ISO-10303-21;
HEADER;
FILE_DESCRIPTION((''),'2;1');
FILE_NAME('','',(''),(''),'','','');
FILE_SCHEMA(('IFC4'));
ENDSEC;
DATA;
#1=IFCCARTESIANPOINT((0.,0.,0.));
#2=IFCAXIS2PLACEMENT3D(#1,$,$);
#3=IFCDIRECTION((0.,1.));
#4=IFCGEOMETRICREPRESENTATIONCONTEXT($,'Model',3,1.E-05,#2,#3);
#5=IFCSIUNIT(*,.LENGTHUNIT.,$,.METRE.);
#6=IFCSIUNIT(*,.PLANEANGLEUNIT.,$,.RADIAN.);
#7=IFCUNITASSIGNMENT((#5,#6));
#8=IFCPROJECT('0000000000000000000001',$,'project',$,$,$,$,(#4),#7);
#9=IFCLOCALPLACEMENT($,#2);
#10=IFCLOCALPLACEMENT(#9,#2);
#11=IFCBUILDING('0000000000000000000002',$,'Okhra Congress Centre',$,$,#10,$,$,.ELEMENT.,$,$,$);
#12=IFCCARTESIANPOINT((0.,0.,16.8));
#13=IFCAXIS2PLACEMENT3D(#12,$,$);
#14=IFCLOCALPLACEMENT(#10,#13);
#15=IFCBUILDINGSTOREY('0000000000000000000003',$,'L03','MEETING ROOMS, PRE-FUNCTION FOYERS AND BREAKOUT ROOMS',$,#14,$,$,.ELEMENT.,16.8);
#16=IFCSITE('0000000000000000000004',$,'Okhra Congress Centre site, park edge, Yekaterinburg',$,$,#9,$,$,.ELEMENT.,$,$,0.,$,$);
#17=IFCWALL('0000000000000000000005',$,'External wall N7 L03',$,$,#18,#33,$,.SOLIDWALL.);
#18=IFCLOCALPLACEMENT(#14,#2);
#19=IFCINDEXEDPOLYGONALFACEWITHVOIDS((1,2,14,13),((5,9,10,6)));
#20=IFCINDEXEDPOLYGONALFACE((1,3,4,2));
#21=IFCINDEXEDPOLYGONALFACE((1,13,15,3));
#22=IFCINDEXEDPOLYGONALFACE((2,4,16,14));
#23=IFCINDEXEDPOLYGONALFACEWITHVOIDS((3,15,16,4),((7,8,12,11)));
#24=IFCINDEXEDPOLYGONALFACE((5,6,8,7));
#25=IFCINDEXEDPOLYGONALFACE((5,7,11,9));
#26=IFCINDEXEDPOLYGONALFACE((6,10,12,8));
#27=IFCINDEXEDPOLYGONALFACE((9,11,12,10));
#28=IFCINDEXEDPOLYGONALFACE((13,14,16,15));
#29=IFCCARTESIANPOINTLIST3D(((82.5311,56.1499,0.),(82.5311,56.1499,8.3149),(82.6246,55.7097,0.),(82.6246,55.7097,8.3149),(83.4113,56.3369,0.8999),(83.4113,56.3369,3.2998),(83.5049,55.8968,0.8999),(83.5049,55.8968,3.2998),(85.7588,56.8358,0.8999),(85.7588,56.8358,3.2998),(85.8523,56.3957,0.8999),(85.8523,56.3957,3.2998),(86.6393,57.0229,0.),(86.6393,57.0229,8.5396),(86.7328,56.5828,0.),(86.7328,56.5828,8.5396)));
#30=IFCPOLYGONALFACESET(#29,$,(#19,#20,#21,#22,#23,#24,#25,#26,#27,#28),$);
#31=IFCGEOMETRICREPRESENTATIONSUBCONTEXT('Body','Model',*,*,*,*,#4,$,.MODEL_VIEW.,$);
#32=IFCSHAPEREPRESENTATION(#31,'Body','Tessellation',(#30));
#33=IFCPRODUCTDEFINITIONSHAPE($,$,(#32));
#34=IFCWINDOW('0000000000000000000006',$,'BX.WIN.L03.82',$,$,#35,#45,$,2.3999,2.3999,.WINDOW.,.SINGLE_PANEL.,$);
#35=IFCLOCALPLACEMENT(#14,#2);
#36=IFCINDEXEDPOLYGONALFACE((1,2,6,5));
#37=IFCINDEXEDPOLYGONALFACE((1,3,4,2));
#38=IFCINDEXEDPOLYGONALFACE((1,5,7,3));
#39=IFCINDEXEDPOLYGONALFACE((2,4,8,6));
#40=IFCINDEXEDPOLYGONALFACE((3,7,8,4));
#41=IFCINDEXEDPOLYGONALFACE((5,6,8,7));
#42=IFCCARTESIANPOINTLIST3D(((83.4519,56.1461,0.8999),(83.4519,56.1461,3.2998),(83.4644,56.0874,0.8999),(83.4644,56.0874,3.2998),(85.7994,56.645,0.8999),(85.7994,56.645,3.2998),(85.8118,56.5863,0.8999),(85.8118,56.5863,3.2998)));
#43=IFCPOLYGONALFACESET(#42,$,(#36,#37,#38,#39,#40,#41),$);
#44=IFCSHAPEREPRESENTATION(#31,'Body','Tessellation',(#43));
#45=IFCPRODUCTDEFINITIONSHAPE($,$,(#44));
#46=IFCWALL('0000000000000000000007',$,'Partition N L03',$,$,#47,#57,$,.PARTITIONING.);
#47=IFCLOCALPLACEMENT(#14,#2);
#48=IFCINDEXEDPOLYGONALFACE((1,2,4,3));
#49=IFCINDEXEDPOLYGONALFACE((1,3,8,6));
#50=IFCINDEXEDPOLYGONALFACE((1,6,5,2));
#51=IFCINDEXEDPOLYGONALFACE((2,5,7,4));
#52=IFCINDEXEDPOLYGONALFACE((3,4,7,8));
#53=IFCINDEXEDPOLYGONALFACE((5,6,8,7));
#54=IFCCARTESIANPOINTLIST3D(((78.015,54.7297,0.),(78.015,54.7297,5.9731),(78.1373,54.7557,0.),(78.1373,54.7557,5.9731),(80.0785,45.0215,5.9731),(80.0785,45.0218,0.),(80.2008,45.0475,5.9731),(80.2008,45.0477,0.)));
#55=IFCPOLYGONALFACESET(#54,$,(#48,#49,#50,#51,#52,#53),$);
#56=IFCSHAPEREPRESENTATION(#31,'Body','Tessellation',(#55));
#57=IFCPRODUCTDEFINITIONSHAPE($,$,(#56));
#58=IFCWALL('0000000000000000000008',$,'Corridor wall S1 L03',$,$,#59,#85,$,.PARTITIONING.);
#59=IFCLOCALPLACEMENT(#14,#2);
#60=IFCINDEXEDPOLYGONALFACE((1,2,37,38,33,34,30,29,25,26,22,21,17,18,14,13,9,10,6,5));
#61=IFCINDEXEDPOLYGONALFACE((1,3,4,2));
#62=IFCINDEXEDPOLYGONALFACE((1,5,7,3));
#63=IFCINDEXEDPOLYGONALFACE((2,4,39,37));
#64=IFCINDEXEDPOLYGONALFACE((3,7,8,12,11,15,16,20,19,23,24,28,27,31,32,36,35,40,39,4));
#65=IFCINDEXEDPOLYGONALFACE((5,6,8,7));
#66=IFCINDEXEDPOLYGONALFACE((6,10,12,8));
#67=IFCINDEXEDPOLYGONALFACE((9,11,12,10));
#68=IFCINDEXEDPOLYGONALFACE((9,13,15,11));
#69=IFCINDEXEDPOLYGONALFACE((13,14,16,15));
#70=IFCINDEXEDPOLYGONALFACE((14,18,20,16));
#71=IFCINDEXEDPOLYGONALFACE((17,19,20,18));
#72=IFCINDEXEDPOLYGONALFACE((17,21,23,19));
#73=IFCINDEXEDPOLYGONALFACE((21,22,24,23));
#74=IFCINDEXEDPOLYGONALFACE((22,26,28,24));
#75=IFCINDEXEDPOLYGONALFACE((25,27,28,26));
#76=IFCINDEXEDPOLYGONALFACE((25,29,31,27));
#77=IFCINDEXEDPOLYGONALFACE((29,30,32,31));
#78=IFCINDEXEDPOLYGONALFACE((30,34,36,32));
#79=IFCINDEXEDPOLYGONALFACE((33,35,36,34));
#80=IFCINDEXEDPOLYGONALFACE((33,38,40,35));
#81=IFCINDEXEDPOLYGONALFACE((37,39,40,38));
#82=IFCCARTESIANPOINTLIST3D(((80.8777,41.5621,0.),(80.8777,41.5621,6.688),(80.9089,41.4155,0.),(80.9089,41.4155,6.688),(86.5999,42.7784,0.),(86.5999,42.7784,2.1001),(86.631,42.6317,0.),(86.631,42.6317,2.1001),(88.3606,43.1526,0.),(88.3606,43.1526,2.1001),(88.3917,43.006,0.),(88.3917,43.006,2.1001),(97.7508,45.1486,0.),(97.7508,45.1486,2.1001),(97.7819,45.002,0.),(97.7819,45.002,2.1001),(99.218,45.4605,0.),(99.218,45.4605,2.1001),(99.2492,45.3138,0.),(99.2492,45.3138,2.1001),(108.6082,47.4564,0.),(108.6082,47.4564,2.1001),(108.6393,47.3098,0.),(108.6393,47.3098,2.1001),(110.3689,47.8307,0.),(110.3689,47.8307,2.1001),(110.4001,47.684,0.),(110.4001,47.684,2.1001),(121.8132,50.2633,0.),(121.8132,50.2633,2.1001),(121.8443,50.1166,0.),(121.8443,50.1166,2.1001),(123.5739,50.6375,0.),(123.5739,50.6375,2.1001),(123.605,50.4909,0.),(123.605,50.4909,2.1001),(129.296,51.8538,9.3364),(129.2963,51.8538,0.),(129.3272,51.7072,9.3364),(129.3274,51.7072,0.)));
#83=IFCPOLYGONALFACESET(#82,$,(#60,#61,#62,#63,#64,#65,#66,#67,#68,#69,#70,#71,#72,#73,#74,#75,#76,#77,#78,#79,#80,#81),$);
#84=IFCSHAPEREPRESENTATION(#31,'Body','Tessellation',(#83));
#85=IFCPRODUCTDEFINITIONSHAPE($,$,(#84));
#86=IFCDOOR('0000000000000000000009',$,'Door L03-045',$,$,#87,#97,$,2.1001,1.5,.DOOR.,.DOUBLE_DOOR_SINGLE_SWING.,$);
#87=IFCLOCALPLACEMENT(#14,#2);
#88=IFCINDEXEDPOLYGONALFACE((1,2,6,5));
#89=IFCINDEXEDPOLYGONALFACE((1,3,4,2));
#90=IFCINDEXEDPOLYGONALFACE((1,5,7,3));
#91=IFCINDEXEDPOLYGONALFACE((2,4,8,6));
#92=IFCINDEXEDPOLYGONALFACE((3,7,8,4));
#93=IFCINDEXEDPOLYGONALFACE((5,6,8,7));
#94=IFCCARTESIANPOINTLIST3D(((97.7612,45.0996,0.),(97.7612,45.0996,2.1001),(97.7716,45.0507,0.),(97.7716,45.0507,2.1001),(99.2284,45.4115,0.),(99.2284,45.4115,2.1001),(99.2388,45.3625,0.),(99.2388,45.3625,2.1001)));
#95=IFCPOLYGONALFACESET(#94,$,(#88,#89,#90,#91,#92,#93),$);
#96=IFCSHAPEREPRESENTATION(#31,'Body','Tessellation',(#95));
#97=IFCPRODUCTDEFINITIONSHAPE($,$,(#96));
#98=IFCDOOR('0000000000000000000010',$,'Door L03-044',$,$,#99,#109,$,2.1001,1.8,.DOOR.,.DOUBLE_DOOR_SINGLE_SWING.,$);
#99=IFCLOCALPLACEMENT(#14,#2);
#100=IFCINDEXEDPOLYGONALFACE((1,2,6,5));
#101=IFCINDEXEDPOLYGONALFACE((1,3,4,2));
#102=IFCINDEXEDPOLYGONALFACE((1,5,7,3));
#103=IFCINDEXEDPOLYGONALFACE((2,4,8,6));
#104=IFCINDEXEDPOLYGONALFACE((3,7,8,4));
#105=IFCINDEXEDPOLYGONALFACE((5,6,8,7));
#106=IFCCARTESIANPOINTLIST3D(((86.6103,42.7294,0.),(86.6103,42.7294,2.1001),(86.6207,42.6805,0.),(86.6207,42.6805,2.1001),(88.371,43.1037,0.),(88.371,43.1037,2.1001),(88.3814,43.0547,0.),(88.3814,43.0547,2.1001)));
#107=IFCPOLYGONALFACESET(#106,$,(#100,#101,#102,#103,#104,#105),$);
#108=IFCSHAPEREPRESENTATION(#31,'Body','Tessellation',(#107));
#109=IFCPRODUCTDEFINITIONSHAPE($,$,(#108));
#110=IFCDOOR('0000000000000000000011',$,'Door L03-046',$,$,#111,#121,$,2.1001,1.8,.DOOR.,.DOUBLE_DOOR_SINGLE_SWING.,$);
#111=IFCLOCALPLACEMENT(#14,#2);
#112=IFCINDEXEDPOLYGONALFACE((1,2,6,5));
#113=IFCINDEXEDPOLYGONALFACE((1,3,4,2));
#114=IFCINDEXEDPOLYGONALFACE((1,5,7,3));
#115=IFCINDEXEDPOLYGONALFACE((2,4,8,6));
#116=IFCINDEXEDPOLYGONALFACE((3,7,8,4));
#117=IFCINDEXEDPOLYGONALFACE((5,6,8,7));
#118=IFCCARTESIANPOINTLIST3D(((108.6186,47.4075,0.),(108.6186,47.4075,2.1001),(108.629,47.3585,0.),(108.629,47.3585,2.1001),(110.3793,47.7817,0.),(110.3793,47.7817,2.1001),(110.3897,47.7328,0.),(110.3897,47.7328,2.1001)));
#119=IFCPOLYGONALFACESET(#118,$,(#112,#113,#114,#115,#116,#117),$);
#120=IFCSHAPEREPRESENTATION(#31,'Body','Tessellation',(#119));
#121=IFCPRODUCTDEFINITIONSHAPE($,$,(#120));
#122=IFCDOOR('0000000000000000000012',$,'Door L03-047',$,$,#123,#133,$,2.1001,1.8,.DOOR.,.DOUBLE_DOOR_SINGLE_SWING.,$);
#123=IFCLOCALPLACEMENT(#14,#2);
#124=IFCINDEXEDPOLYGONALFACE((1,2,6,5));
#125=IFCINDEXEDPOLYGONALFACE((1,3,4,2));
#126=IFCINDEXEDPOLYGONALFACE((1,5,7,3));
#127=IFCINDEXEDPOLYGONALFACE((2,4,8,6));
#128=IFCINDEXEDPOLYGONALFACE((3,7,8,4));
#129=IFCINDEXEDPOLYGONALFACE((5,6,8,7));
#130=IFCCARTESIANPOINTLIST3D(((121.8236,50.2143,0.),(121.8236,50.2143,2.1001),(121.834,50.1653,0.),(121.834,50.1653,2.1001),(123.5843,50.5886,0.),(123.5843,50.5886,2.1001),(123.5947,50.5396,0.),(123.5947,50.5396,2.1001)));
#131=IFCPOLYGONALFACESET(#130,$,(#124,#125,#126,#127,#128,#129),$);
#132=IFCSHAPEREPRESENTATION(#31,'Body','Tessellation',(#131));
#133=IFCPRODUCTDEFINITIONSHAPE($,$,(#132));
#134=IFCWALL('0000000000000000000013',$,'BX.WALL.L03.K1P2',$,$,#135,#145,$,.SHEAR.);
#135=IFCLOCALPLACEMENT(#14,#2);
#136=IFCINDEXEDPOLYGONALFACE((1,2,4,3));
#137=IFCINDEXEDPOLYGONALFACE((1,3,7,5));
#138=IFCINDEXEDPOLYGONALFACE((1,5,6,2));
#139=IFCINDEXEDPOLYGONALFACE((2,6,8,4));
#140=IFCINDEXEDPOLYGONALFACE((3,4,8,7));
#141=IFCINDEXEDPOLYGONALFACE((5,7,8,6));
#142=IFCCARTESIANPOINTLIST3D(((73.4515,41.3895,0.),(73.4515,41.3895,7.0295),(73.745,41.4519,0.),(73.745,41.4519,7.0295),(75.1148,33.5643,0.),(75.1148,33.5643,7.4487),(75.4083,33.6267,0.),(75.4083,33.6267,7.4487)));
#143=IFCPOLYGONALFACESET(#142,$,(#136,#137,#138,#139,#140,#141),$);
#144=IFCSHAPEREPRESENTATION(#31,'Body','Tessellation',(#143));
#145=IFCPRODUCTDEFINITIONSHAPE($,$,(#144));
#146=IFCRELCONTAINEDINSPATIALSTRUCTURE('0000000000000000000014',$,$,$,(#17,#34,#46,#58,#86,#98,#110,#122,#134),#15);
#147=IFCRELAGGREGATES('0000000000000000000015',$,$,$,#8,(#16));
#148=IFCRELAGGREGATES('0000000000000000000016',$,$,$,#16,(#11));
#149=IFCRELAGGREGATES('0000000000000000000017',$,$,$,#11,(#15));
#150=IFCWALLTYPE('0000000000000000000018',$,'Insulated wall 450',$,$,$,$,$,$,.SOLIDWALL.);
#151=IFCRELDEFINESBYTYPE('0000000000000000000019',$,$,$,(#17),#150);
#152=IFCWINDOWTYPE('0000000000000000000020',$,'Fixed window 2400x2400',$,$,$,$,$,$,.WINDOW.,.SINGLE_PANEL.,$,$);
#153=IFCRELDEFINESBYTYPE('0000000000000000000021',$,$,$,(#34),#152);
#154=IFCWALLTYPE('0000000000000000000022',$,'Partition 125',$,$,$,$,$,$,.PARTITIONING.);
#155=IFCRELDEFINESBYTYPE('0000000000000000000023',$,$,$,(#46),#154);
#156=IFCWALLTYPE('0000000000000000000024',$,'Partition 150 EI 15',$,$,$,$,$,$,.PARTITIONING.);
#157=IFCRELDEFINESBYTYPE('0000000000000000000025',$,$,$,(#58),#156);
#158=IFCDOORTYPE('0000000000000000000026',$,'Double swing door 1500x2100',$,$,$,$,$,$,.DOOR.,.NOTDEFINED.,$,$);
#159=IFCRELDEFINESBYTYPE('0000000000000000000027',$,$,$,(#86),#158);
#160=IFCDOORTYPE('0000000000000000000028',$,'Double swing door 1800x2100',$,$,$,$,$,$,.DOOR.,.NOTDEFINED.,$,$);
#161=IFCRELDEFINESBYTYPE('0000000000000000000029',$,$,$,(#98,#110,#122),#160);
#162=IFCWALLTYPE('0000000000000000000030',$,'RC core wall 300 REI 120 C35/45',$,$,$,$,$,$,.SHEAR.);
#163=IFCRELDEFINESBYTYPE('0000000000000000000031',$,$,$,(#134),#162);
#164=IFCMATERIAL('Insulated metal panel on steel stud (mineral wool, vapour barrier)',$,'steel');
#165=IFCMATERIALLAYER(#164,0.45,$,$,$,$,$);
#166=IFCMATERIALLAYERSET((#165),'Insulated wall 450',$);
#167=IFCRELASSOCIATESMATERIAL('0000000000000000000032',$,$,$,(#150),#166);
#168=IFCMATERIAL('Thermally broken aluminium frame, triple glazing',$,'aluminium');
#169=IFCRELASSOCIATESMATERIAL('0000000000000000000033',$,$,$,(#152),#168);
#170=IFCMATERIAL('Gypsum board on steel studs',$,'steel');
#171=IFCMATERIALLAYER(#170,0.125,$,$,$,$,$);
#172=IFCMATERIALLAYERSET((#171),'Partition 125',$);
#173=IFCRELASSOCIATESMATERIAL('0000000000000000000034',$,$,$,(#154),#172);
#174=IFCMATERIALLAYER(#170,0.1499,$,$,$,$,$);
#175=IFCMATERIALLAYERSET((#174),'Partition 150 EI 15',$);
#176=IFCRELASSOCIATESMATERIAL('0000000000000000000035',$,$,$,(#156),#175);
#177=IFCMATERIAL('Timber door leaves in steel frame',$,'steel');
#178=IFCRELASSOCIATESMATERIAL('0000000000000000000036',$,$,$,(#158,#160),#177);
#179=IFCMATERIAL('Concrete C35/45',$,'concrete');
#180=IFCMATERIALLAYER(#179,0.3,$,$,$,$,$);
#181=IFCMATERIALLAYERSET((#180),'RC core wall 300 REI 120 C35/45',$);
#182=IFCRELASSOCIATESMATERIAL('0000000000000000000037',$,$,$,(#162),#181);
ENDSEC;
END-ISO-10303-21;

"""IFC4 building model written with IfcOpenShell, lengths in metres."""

from ifc_helpers import new_model, si_unit, direction, frame, frame_2d, origin, place, context, subcontext, project, spatial, polyline, rectangle, outline, extrude, material, layer, layer_set, type_object, element, fill, save


model = new_model("IFC4")

# Units and contexts
model_context = context("Model", 3, precision=1e-05, world=origin(), true_north=direction((0.0, 1.0)))
body_context = subcontext(model_context, "Body", "Model", "MODEL_VIEW")
ifc_project = project(units=[si_unit("LENGTHUNIT", "METRE"), si_unit("PLANEANGLEUNIT", "RADIAN")], contexts=[model_context])

# Site, building, storey
site_placement = place(None, origin())
site = spatial("IfcSite", under=ifc_project, at=site_placement, Name="Okhra Congress Centre site, park edge, Yekaterinburg", CompositionType="ELEMENT", RefElevation=0.0)
building_placement = place(site_placement, origin())
building = spatial("IfcBuilding", under=site, at=building_placement, Name="Okhra Congress Centre", CompositionType="ELEMENT")
storey_placement = place(building_placement, frame((0.0, 0.0, 16.8)))
storey = spatial("IfcBuildingStorey", under=building, at=storey_placement, Name="L03", Description="MEETING ROOMS, PRE-FUNCTION FOYERS AND BREAKOUT ROOMS", CompositionType="ELEMENT", Elevation=16.8)

# Wall, opening, window
ifc_material_1 = material(Name="Insulated metal panel on steel stud (mineral wool, vapour barrier)", Category="steel")
ifc_layer_1 = layer(ifc_material_1, 0.45)
ifc_layer_set_1 = layer_set([ifc_layer_1], Name="Insulated wall 450")
wall_type_1 = type_object("IfcWallType", Name="Insulated wall 450", PredefinedType="SOLIDWALL", material=ifc_layer_set_1)
ifc_material_2 = material(Name="Thermally broken aluminium frame, triple glazing", Category="aluminium")
window_type = type_object("IfcWindowType", Name="Fixed window 2400x2400", PartitioningType="SINGLE_PANEL", PredefinedType="WINDOW", material=ifc_material_2)
wall_1_placement = place(storey_placement, frame((82.5779, 55.9297, 0.0), z_axis=(0.0, 0.0, 1.0), x_axis=(0.978156, 0.207873, 0.0)))
wall_1 = element("IfcWall", 1, at=wall_1_placement, inside=storey, type_object=wall_type_1, Name="External wall N7 L03", PredefinedType="SOLIDWALL", context=body_context, shape_type="SweptSolid", body=[
    extrude(outline(polyline([(0.0, 0.0), (4.2, 0.0), (4.2, 8.5396), (0.0, 8.3149), (0.0, 0.0)])), frame((0.0, 0.2251, 0.0), z_axis=(0.0, -1.0, 0.0), x_axis=(1.0, 0.0, 0.0)), (0.0, 0.0, 1.0), 0.45),
])
opening_1_placement = place(wall_1_placement, frame((0.8999, 0.0, 0.8999)))
opening_1 = element("IfcOpeningElement", 2, at=opening_1_placement, cuts=wall_1, PredefinedType="OPENING", context=body_context, shape_type="SweptSolid", body=[
    extrude(rectangle(XDim=2.3999, YDim=2.3999, at=frame_2d((1.2, 1.2))), frame((0.0, 0.2349, 0.0), z_axis=(0.0, -1.0, 0.0), x_axis=(1.0, 0.0, 0.0)), (0.0, 0.0, 1.0), 0.47),
])
window_1_placement = place(opening_1_placement, origin())
window_1 = element("IfcWindow", 3, at=window_1_placement, inside=storey, type_object=window_type, Name="BX.WIN.L03.82", OverallHeight=2.3999, OverallWidth=2.3999, PartitioningType="SINGLE_PANEL", PredefinedType="WINDOW", context=body_context, shape_type="SweptSolid", body=[
    extrude(rectangle(XDim=2.3999, YDim=2.3999, at=frame_2d((1.2, 1.2))), frame((0.0, 0.03, 0.0), z_axis=(0.0, -1.0, 0.0), x_axis=(1.0, 0.0, 0.0)), (0.0, 0.0, 1.0), 0.0601),
])
fill(opening_1, window_1)

# Wall
ifc_material_3 = material(Name="Gypsum board on steel studs", Category="steel")
ifc_layer_2 = layer(ifc_material_3, 0.125)
ifc_layer_set_2 = layer_set([ifc_layer_2], Name="Partition 125")
wall_type_2 = type_object("IfcWallType", Name="Partition 125", PredefinedType="PARTITIONING", material=ifc_layer_set_2)
wall_2_placement = place(storey_placement, frame((78.0762, 54.7427, 0.0), z_axis=(0.0, 0.0, 1.0), x_axis=(0.207909, -0.978148, 0.0)))
element("IfcWall", 4, at=wall_2_placement, inside=storey, type_object=wall_type_2, Name="Partition N L03", PredefinedType="PARTITIONING", context=body_context, shape_type="SweptSolid", body=[
    extrude(outline(polyline([(0.0, 0.0), (9.9248, 0.0), (9.925, 5.9731), (0.0, 5.9731), (0.0, 0.0)])), frame((0.0, 0.0625, 0.0), z_axis=(0.0, -1.0, 0.0), x_axis=(1.0, 0.0, 0.0)), (0.0, 0.0, 1.0), 0.125),
])

# Wall, openings, doors
ifc_layer_3 = layer(ifc_material_3, 0.1499)
ifc_layer_set_3 = layer_set([ifc_layer_3], Name="Partition 150 EI 15")
wall_type_3 = type_object("IfcWallType", Name="Partition 150 EI 15", PredefinedType="PARTITIONING", material=ifc_layer_set_3)
wall_3_placement = place(storey_placement, frame((80.8933, 41.4888, 0.0), z_axis=(0.0, 0.0, 1.0), x_axis=(0.978147, 0.207913, 0.0)))
wall_3 = element("IfcWall", 5, at=wall_3_placement, inside=storey, type_object=wall_type_3, Name="Corridor wall S1 L03", PredefinedType="PARTITIONING", context=body_context, shape_type="SweptSolid", body=[
    extrude(outline(polyline([(0.0, 0.0), (49.5002, 0.0), (49.5, 9.3364), (0.0, 6.688), (0.0, 0.0)])), frame((0.0, 0.075, 0.0), z_axis=(0.0, -1.0, 0.0), x_axis=(1.0, 0.0, 0.0)), (0.0, 0.0, 1.0), 0.1499),
])
opening_2_placement = place(wall_3_placement, frame((5.8501, 0.0, 0.0)))
opening_2 = element("IfcOpeningElement", 6, at=opening_2_placement, cuts=wall_3, PredefinedType="OPENING", context=body_context, shape_type="SweptSolid", body=[
    extrude(rectangle(XDim=1.8, YDim=2.1001, at=frame_2d((0.8999, 1.05))), frame((0.0, 0.085, 0.0), z_axis=(0.0, -1.0, 0.0), x_axis=(1.0, 0.0, 0.0)), (0.0, 0.0, 1.0), 0.1699),
])
opening_3_placement = place(wall_3_placement, frame((17.25, 0.0, 0.0)))
opening_3 = element("IfcOpeningElement", 7, at=opening_3_placement, cuts=wall_3, PredefinedType="OPENING", context=body_context, shape_type="SweptSolid", body=[
    extrude(rectangle(XDim=1.5, YDim=2.1001, at=frame_2d((0.75, 1.05))), frame((0.0, 0.085, 0.0), z_axis=(0.0, -1.0, 0.0), x_axis=(1.0, 0.0, 0.0)), (0.0, 0.0, 1.0), 0.1699),
])
opening_4_placement = place(wall_3_placement, frame((28.3501, 0.0, 0.0)))
opening_4 = element("IfcOpeningElement", 8, at=opening_4_placement, cuts=wall_3, PredefinedType="OPENING", context=body_context, shape_type="SweptSolid", body=[
    extrude(rectangle(XDim=1.8, YDim=2.1001, at=frame_2d((0.8999, 1.05))), frame((0.0, 0.085, 0.0), z_axis=(0.0, -1.0, 0.0), x_axis=(1.0, 0.0, 0.0)), (0.0, 0.0, 1.0), 0.1699),
])
opening_5_placement = place(wall_3_placement, frame((41.8501, 0.0, 0.0)))
opening_5 = element("IfcOpeningElement", 9, at=opening_5_placement, cuts=wall_3, PredefinedType="OPENING", context=body_context, shape_type="SweptSolid", body=[
    extrude(rectangle(XDim=1.8, YDim=2.1001, at=frame_2d((0.8999, 1.05))), frame((0.0, 0.085, 0.0), z_axis=(0.0, -1.0, 0.0), x_axis=(1.0, 0.0, 0.0)), (0.0, 0.0, 1.0), 0.1699),
])
ifc_material_4 = material(Name="Timber door leaves in steel frame", Category="steel")
door_type_1 = type_object("IfcDoorType", Name="Double swing door 1500x2100", OperationType="NOTDEFINED", PredefinedType="DOOR", material=ifc_material_4)
door_1_placement = place(opening_3_placement, origin())
door_1 = element("IfcDoor", 10, at=door_1_placement, inside=storey, type_object=door_type_1, Name="Door L03-045", OperationType="DOUBLE_DOOR_SINGLE_SWING", OverallHeight=2.1001, OverallWidth=1.5, PredefinedType="DOOR", context=body_context, shape_type="SweptSolid", body=[
    extrude(rectangle(XDim=1.5, YDim=2.1001, at=frame_2d((0.75, 1.05))), frame((0.0, 0.0249, 0.0), z_axis=(0.0, -1.0, 0.0), x_axis=(1.0, 0.0, 0.0)), (0.0, 0.0, 1.0), 0.05),
])
fill(opening_3, door_1)
door_type_2 = type_object("IfcDoorType", Name="Double swing door 1800x2100", OperationType="NOTDEFINED", PredefinedType="DOOR", material=ifc_material_4)
door_2_placement = place(opening_2_placement, origin())
door_2 = element("IfcDoor", 11, at=door_2_placement, inside=storey, type_object=door_type_2, Name="Door L03-044", OperationType="DOUBLE_DOOR_SINGLE_SWING", OverallHeight=2.1001, OverallWidth=1.8, PredefinedType="DOOR", context=body_context, shape_type="SweptSolid", body=[
    extrude(rectangle(XDim=1.8, YDim=2.1001, at=frame_2d((0.8999, 1.05))), frame((0.0, 0.0249, 0.0), z_axis=(0.0, -1.0, 0.0), x_axis=(1.0, 0.0, 0.0)), (0.0, 0.0, 1.0), 0.05),
])
fill(opening_2, door_2)
door_3_placement = place(opening_4_placement, origin())
door_3 = element("IfcDoor", 12, at=door_3_placement, inside=storey, type_object=door_type_2, Name="Door L03-046", OperationType="DOUBLE_DOOR_SINGLE_SWING", OverallHeight=2.1001, OverallWidth=1.8, PredefinedType="DOOR", context=body_context, shape_type="SweptSolid", body=[
    extrude(rectangle(XDim=1.8, YDim=2.1001, at=frame_2d((0.8999, 1.05))), frame((0.0, 0.0249, 0.0), z_axis=(0.0, -1.0, 0.0), x_axis=(1.0, 0.0, 0.0)), (0.0, 0.0, 1.0), 0.05),
])
fill(opening_4, door_3)
door_4_placement = place(opening_5_placement, origin())
door_4 = element("IfcDoor", 13, at=door_4_placement, inside=storey, type_object=door_type_2, Name="Door L03-047", OperationType="DOUBLE_DOOR_SINGLE_SWING", OverallHeight=2.1001, OverallWidth=1.8, PredefinedType="DOOR", context=body_context, shape_type="SweptSolid", body=[
    extrude(rectangle(XDim=1.8, YDim=2.1001, at=frame_2d((0.8999, 1.05))), frame((0.0, 0.0249, 0.0), z_axis=(0.0, -1.0, 0.0), x_axis=(1.0, 0.0, 0.0)), (0.0, 0.0, 1.0), 0.05),
])
fill(opening_5, door_4)

# Wall
ifc_material_5 = material(Name="Concrete C35/45", Category="concrete")
ifc_layer_4 = layer(ifc_material_5, 0.3)
ifc_layer_set_4 = layer_set([ifc_layer_4], Name="RC core wall 300 REI 120 C35/45")
wall_type_4 = type_object("IfcWallType", Name="RC core wall 300 REI 120 C35/45", PredefinedType="SHEAR", material=ifc_layer_set_4)
wall_4_placement = place(storey_placement, frame((75.2615, 33.5955, 0.0), z_axis=(0.0, 0.0, 1.0), x_axis=(-0.207916, 0.978147, 0.0)))
element("IfcWall", 14, at=wall_4_placement, inside=storey, type_object=wall_type_4, Name="BX.WALL.L03.K1P2", PredefinedType="SHEAR", context=body_context, shape_type="SweptSolid", body=[
    extrude(outline(polyline([(0.0, 0.0), (8.0, 0.0), (8.0, 7.0295), (0.0, 7.4487), (0.0, 0.0)])), frame((0.0, 0.1499, 0.0), z_axis=(0.0, -1.0, 0.0), x_axis=(1.0, 0.0, 0.0)), (0.0, 0.0, 1.0), 0.3),
])

save(model, "model.ifc")
